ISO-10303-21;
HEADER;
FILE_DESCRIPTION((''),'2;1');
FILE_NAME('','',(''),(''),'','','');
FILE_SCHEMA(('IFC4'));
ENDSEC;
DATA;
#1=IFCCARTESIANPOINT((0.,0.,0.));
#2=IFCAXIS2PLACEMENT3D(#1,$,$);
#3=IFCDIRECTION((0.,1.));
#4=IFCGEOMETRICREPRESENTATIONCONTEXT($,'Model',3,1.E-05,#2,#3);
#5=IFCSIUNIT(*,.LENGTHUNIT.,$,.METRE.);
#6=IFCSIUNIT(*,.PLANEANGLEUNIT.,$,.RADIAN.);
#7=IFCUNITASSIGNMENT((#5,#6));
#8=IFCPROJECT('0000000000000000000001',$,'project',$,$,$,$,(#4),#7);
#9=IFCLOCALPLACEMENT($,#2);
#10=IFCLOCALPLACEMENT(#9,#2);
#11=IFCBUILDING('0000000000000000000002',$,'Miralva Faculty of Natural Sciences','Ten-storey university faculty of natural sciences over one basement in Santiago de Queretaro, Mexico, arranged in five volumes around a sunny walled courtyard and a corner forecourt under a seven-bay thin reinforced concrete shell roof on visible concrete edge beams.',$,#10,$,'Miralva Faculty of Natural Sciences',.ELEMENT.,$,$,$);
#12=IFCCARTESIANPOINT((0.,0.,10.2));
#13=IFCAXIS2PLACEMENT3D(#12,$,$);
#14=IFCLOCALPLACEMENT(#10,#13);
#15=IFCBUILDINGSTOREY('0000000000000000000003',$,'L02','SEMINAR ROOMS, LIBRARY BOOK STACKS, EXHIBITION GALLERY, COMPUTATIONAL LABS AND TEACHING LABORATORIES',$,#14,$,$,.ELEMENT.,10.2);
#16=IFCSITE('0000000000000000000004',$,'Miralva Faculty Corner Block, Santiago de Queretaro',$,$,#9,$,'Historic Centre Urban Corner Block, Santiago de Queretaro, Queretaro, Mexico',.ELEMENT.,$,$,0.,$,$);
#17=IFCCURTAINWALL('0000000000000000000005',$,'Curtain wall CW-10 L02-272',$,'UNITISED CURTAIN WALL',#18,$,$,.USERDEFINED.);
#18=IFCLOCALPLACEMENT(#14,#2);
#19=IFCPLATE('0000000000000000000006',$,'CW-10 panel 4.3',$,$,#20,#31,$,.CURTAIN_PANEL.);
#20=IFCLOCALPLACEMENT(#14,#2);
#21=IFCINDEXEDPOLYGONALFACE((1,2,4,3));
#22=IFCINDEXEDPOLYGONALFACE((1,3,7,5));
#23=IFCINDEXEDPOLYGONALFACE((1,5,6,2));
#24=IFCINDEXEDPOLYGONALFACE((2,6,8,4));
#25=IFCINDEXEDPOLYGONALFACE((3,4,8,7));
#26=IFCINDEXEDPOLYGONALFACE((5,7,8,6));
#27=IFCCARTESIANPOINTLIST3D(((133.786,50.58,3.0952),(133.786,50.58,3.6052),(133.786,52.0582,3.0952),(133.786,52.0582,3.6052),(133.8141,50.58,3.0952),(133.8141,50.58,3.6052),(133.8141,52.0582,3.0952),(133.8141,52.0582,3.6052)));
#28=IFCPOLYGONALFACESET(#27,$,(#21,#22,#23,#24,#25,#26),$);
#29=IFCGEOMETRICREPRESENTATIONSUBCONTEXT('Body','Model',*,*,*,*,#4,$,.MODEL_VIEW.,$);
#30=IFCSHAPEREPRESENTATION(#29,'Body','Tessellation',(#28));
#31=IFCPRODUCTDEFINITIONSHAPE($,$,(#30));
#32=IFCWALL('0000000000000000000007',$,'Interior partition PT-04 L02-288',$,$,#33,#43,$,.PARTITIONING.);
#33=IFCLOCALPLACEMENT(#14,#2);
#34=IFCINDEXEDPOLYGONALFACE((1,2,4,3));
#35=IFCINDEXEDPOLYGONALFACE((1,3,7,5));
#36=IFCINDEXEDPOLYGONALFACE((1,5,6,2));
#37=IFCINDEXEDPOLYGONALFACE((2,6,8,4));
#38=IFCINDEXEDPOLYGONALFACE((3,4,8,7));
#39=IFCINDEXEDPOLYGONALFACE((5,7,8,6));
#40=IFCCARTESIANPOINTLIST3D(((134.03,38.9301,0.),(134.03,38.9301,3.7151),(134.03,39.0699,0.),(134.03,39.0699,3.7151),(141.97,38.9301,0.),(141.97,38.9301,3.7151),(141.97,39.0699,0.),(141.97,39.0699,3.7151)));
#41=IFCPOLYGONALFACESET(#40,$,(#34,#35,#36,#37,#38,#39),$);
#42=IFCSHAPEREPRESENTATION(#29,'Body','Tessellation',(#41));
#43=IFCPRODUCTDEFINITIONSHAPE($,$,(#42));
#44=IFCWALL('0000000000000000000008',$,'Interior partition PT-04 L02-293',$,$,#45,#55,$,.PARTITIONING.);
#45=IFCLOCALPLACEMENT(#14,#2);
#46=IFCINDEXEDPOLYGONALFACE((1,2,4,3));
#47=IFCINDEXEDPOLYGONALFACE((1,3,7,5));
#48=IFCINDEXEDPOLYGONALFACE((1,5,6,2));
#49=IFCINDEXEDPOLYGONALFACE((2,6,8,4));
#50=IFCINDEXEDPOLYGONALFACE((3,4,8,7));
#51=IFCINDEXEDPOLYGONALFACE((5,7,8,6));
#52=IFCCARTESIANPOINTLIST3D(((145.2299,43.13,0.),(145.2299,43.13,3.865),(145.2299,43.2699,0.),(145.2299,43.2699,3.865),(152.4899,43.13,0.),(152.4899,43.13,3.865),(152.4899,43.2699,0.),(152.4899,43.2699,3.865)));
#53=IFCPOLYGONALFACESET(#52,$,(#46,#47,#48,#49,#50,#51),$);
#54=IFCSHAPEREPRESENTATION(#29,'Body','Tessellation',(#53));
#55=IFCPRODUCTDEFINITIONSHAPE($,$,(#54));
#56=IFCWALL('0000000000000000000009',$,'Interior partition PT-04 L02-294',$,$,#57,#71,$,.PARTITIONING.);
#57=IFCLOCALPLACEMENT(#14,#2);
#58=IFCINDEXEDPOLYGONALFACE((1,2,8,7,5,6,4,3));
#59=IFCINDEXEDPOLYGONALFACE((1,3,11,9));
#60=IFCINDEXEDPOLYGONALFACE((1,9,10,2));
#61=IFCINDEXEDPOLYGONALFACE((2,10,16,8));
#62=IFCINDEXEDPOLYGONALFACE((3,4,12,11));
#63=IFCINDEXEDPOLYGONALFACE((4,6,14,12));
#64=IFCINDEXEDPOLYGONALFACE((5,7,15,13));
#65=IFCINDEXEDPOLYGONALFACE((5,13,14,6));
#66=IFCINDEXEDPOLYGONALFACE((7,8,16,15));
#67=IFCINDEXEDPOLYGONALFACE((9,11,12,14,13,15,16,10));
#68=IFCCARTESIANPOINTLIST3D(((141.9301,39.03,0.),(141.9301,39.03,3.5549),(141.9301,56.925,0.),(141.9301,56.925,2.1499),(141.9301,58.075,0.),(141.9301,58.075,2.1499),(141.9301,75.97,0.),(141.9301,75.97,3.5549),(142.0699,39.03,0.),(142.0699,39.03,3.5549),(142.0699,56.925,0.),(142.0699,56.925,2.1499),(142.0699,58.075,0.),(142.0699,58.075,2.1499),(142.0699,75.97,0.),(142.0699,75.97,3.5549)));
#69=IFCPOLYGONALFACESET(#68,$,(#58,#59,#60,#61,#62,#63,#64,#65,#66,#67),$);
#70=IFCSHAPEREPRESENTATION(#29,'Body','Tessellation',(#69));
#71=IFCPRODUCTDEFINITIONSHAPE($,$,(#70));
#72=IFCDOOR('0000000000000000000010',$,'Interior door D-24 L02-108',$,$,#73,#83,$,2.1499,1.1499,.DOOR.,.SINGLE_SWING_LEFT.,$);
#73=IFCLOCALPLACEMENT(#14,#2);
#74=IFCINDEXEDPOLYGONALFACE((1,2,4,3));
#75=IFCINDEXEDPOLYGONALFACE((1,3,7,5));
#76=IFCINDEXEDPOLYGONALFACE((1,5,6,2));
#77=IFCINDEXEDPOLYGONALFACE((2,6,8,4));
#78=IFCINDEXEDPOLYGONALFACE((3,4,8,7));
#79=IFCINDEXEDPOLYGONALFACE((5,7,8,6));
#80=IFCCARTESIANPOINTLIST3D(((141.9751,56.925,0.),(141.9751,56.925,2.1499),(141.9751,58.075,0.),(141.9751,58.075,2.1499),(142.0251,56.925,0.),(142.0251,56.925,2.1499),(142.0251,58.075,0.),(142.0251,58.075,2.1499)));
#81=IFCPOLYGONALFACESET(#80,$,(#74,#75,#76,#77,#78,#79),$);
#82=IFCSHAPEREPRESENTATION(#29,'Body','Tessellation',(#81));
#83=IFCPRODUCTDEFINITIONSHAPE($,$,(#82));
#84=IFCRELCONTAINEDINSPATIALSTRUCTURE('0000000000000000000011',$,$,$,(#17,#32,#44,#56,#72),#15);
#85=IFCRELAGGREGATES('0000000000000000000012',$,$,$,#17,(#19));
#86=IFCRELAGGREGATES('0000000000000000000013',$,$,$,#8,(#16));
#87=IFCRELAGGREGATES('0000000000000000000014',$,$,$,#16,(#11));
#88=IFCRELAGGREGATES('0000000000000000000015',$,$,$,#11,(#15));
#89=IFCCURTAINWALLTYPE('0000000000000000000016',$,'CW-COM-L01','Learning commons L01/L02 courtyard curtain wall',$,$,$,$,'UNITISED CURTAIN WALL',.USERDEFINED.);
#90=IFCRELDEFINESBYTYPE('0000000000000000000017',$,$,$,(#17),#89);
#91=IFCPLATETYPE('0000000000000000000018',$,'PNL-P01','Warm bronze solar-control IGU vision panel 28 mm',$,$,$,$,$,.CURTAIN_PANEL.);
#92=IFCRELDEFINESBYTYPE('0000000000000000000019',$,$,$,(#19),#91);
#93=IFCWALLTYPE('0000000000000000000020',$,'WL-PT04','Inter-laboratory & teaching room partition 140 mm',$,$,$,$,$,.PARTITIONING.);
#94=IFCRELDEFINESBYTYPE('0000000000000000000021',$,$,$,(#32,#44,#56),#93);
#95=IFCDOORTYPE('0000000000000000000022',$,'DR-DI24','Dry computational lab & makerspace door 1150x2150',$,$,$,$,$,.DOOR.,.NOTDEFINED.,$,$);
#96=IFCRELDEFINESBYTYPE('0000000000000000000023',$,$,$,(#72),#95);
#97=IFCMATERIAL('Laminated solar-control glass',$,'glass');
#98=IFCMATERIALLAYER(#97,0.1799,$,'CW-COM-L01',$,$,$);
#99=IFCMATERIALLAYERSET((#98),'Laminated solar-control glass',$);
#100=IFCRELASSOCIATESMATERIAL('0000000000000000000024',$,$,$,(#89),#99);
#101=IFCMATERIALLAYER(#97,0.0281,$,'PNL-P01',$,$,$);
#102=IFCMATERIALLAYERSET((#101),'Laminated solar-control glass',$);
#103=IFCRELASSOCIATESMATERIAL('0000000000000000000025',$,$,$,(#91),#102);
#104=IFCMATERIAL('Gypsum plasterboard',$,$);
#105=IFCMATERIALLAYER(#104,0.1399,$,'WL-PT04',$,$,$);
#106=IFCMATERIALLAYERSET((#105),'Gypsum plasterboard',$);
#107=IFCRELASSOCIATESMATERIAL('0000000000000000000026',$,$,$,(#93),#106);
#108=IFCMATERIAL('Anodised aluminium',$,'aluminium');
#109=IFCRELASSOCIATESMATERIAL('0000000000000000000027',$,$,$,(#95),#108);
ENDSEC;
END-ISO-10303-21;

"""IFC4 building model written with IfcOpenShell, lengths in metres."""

from ifc_helpers import new_model, si_unit, direction, frame, frame_2d, origin, origin_2d, place, context, subcontext, project, spatial, rectangle, extrude, material, layer, layer_set, type_object, element, fill, aggregate, save


model = new_model("IFC4")

# Units and contexts
model_context = context("Model", 3, precision=1e-05, world=origin(), true_north=direction((0.0, 1.0)))
body_context = subcontext(model_context, "Body", "Model", "MODEL_VIEW")
ifc_project = project(units=[si_unit("LENGTHUNIT", "METRE"), si_unit("PLANEANGLEUNIT", "RADIAN")], contexts=[model_context])

# Site, building, storey
site_placement = place(None, origin())
site = spatial("IfcSite", under=ifc_project, at=site_placement, Name="Miralva Faculty Corner Block, Santiago de Queretaro", LongName="Historic Centre Urban Corner Block, Santiago de Queretaro, Queretaro, Mexico", CompositionType="ELEMENT", RefElevation=0.0)
building_placement = place(site_placement, origin())
building = spatial("IfcBuilding", under=site, at=building_placement, Name="Miralva Faculty of Natural Sciences", Description="Ten-storey university faculty of natural sciences over one basement in Santiago de Queretaro, Mexico, arranged in five volumes around a sunny walled courtyard and a corner forecourt under a seven-bay thin reinforced concrete shell roof on visible concrete edge beams.", LongName="Miralva Faculty of Natural Sciences", CompositionType="ELEMENT")
storey_placement = place(building_placement, frame((0.0, 0.0, 10.2)))
storey = spatial("IfcBuildingStorey", under=building, at=storey_placement, Name="L02", Description="SEMINAR ROOMS, LIBRARY BOOK STACKS, EXHIBITION GALLERY, COMPUTATIONAL LABS AND TEACHING LABORATORIES", CompositionType="ELEMENT", Elevation=10.2)

# Curtain wall, plate
ifc_material_1 = material(Name="Laminated solar-control glass", Category="glass")
ifc_layer_1 = layer(ifc_material_1, 0.1799, Name="CW-COM-L01")
ifc_layer_set_1 = layer_set([ifc_layer_1], Name="Laminated solar-control glass")
curtain_wall_type = type_object("IfcCurtainWallType", Name="CW-COM-L01", Description="Learning commons L01/L02 courtyard curtain wall", ElementType="UNITISED CURTAIN WALL", PredefinedType="USERDEFINED", material=ifc_layer_set_1)
curtain_wall_placement = place(storey_placement, origin())
curtain_wall = element("IfcCurtainWall", 1, at=curtain_wall_placement, inside=storey, type_object=curtain_wall_type, Name="Curtain wall CW-10 L02-272", ObjectType="UNITISED CURTAIN WALL", PredefinedType="USERDEFINED")
ifc_material_2 = material(Name="Anodised aluminium", Category="aluminium")
ifc_layer_2 = layer(ifc_material_1, 0.0281, Name="PNL-P01")
ifc_layer_set_2 = layer_set([ifc_layer_2], Name="Laminated solar-control glass")
plate_type = type_object("IfcPlateType", Name="PNL-P01", Description="Warm bronze solar-control IGU vision panel 28 mm", PredefinedType="CURTAIN_PANEL", material=ifc_layer_set_2)
plate_1_placement = place(storey_placement, frame((133.8, 51.3191, 3.0952), z_axis=(0.0, 0.0, 1.0), x_axis=(0.0, 1.0, 0.0)))
plate_1 = element("IfcPlate", 2, at=plate_1_placement, type_object=plate_type, Name="CW-10 panel 4.3", PredefinedType="CURTAIN_PANEL", context=body_context, shape_type="SweptSolid", body=[
    extrude(rectangle(XDim=1.4783, YDim=0.0281, at=origin_2d()), origin(), (0.0, 0.0, 1.0), 0.51),
])
aggregate(curtain_wall, [plate_1])

# Walls
ifc_material_3 = material(Name="Gypsum plasterboard")
ifc_layer_3 = layer(ifc_material_3, 0.1399, Name="WL-PT04")
ifc_layer_set_3 = layer_set([ifc_layer_3], Name="Gypsum plasterboard")
wall_type = type_object("IfcWallType", Name="WL-PT04", Description="Inter-laboratory & teaching room partition 140 mm", PredefinedType="PARTITIONING", material=ifc_layer_set_3)
wall_1_placement = place(storey_placement, frame((134.03, 39.0, 0.0), z_axis=(0.0, 0.0, 1.0), x_axis=(1.0, 0.0, 0.0)))
element("IfcWall", 3, at=wall_1_placement, inside=storey, type_object=wall_type, Name="Interior partition PT-04 L02-288", PredefinedType="PARTITIONING", context=body_context, shape_type="SweptSolid", body=[
    extrude(rectangle(XDim=7.9399, YDim=0.1399, at=frame_2d((3.97, 0.0))), origin(), (0.0, 0.0, 1.0), 3.7151),
])
wall_2_placement = place(storey_placement, frame((145.23, 43.2, 0.0), z_axis=(0.0, 0.0, 1.0), x_axis=(1.0, 0.0, 0.0)))
element("IfcWall", 4, at=wall_2_placement, inside=storey, type_object=wall_type, Name="Interior partition PT-04 L02-293", PredefinedType="PARTITIONING", context=body_context, shape_type="SweptSolid", body=[
    extrude(rectangle(XDim=7.26, YDim=0.1399, at=frame_2d((3.6299, 0.0))), origin(), (0.0, 0.0, 1.0), 3.865),
])

# Wall, opening, door
wall_3_placement = place(storey_placement, frame((142.0, 39.03, 0.0), z_axis=(0.0, 0.0, 1.0), x_axis=(0.0, 1.0, 0.0)))
wall_3 = element("IfcWall", 5, at=wall_3_placement, inside=storey, type_object=wall_type, Name="Interior partition PT-04 L02-294", PredefinedType="PARTITIONING", context=body_context, shape_type="SweptSolid", body=[
    extrude(rectangle(XDim=36.9399, YDim=0.1399, at=frame_2d((18.47, 0.0))), origin(), (0.0, 0.0, 1.0), 3.5549),
])
opening_placement = place(wall_3_placement, frame((17.895, 0.0, 0.0)))
opening = element("IfcOpeningElement", 6, at=opening_placement, cuts=wall_3, PredefinedType="OPENING", context=body_context, shape_type="SweptSolid", body=[
    extrude(rectangle(XDim=1.1499, YDim=2.1499, at=frame_2d((0.575, 1.075))), frame((0.0, 0.0798, 0.0), z_axis=(0.0, -1.0, 0.0), x_axis=(1.0, 0.0, 0.0)), (0.0, 0.0, 1.0), 0.1599),
])
door_type = type_object("IfcDoorType", Name="DR-DI24", Description="Dry computational lab & makerspace door 1150x2150", OperationType="NOTDEFINED", PredefinedType="DOOR", material=ifc_material_2)
door_placement = place(opening_placement, origin())
door = element("IfcDoor", 7, at=door_placement, inside=storey, type_object=door_type, Name="Interior door D-24 L02-108", OperationType="SINGLE_SWING_LEFT", OverallHeight=2.1499, OverallWidth=1.1499, PredefinedType="DOOR", context=body_context, shape_type="SweptSolid", body=[
    extrude(rectangle(XDim=1.1499, YDim=2.1499, at=frame_2d((0.575, 1.075))), frame((0.0, 0.0249, 0.0), z_axis=(0.0, -1.0, 0.0), x_axis=(1.0, 0.0, 0.0)), (0.0, 0.0, 1.0), 0.05),
])
fill(opening, door)

save(model, "model.ifc")
